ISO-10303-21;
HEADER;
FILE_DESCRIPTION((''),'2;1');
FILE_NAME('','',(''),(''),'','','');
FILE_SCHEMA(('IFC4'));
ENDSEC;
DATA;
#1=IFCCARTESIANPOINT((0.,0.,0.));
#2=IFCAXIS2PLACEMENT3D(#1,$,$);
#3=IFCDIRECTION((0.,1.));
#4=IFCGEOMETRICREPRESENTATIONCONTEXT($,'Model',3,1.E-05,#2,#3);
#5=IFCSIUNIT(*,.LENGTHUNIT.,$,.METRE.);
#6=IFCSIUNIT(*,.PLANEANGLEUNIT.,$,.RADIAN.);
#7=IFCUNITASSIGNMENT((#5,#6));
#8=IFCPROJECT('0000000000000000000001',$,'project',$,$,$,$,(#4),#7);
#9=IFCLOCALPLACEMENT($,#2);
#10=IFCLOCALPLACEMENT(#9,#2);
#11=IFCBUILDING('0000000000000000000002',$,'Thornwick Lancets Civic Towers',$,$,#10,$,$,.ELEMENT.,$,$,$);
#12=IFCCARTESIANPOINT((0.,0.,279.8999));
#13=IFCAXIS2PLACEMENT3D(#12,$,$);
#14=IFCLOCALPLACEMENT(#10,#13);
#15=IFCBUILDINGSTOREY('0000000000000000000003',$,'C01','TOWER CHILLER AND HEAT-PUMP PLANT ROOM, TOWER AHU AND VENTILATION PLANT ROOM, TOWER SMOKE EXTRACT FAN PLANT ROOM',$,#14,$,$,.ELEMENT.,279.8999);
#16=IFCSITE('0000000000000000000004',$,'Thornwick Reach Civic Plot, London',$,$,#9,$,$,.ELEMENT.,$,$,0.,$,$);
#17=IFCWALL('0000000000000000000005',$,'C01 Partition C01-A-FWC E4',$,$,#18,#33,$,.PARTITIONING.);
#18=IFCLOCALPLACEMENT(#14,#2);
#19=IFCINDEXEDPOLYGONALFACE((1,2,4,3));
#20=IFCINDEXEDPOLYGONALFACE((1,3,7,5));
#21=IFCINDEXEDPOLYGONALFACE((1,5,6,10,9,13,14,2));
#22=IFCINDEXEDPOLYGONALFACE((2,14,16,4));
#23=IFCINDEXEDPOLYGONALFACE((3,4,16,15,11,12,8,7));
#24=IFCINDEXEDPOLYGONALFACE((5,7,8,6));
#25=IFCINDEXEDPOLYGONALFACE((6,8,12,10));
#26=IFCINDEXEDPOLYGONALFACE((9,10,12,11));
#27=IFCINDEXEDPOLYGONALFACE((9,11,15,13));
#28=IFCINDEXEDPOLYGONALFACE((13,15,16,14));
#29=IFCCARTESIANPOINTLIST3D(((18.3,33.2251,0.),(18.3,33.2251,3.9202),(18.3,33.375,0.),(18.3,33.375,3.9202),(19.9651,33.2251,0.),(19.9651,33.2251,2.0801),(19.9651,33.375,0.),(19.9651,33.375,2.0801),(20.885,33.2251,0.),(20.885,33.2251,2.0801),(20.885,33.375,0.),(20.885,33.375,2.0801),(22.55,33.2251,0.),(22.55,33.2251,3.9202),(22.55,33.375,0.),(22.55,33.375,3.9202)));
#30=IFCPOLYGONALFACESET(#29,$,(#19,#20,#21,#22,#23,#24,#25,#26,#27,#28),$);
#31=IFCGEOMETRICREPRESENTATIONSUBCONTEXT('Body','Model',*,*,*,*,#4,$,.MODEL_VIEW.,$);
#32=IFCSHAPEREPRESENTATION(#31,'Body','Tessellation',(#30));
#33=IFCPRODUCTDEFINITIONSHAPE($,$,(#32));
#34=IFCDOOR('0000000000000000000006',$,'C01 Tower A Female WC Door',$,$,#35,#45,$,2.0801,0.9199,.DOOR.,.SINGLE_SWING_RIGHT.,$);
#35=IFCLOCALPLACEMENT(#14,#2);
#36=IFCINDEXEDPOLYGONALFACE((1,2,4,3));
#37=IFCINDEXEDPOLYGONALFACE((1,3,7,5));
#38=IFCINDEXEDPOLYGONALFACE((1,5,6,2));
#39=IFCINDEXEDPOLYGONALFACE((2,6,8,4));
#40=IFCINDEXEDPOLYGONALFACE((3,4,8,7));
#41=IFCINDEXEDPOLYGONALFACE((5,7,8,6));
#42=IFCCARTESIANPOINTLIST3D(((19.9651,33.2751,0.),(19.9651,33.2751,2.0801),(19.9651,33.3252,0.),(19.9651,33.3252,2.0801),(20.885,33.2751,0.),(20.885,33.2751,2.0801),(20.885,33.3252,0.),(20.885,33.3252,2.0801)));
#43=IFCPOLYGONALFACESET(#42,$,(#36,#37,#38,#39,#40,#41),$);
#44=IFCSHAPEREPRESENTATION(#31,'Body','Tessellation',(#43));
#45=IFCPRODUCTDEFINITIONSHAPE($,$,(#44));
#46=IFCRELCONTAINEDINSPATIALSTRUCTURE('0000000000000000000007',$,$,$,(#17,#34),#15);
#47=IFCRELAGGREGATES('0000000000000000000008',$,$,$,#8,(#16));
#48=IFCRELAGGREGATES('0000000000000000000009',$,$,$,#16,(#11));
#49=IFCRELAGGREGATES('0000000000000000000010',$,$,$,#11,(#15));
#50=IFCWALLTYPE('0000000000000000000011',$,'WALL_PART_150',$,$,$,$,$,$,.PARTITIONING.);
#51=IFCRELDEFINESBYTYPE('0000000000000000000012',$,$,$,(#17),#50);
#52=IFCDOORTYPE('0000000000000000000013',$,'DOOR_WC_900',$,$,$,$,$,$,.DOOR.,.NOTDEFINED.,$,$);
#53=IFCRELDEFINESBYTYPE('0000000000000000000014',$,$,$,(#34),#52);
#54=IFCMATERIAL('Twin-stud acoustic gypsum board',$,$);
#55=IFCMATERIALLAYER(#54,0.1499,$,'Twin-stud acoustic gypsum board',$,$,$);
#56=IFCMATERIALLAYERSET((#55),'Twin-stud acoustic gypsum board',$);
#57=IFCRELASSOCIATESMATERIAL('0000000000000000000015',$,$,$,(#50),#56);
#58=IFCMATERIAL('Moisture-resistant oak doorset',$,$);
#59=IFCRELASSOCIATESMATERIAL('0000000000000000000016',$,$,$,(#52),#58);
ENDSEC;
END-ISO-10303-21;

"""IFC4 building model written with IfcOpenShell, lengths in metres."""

from ifc_helpers import new_model, si_unit, direction, frame, frame_2d, origin, place, context, subcontext, project, spatial, rectangle, extrude, material, layer, layer_set, type_object, element, fill, save


model = new_model("IFC4")

# Units and contexts
model_context = context("Model", 3, precision=1e-05, world=origin(), true_north=direction((0.0, 1.0)))
body_context = subcontext(model_context, "Body", "Model", "MODEL_VIEW")
ifc_project = project(units=[si_unit("LENGTHUNIT", "METRE"), si_unit("PLANEANGLEUNIT", "RADIAN")], contexts=[model_context])

# Site, building, storey
site_placement = place(None, origin())
site = spatial("IfcSite", under=ifc_project, at=site_placement, Name="Thornwick Reach Civic Plot, London", CompositionType="ELEMENT", RefElevation=0.0)
building_placement = place(site_placement, origin())
building = spatial("IfcBuilding", under=site, at=building_placement, Name="Thornwick Lancets Civic Towers", CompositionType="ELEMENT")
storey_placement = place(building_placement, frame((0.0, 0.0, 279.8999)))
storey = spatial("IfcBuildingStorey", under=building, at=storey_placement, Name="C01", Description="TOWER CHILLER AND HEAT-PUMP PLANT ROOM, TOWER AHU AND VENTILATION PLANT ROOM, TOWER SMOKE EXTRACT FAN PLANT ROOM", CompositionType="ELEMENT", Elevation=279.8999)

# Shared definitions
ifc_material_1 = material(Name="Twin-stud acoustic gypsum board")
ifc_layer_1 = layer(ifc_material_1, 0.1499, Name="Twin-stud acoustic gypsum board")
ifc_layer_set_1 = layer_set([ifc_layer_1], Name="Twin-stud acoustic gypsum board")
wall_type_1 = type_object("IfcWallType", Name="WALL_PART_150", PredefinedType="PARTITIONING", material=ifc_layer_set_1)

# Wall, opening, door
wall_1_placement = place(storey_placement, frame((22.55, 33.3, 0.0), z_axis=(0.0, 0.0, 1.0), x_axis=(-1.0, 0.0, 0.0)))
wall_1 = element("IfcWall", 1, at=wall_1_placement, inside=storey, type_object=wall_type_1, Name="C01 Partition C01-A-FWC E4", PredefinedType="PARTITIONING", context=body_context, shape_type="SweptSolid", body=[
    extrude(rectangle(XDim=4.25, YDim=0.1499, at=frame_2d((2.125, 0.0))), origin(), (0.0, 0.0, 1.0), 3.9202),
])
opening_1_placement = place(wall_1_placement, frame((1.665, 0.0, 0.0)))
opening_1 = element("IfcOpeningElement", 2, at=opening_1_placement, cuts=wall_1, PredefinedType="OPENING", context=body_context, shape_type="SweptSolid", body=[
    extrude(rectangle(XDim=0.9199, YDim=2.0801, at=frame_2d((0.46, 1.04))), frame((0.0, 0.085, 0.0), z_axis=(0.0, -1.0, 0.0), x_axis=(1.0, 0.0, 0.0)), (0.0, 0.0, 1.0), 0.1699),
])
ifc_material_2 = material(Name="Moisture-resistant oak doorset")
door_type_1 = type_object("IfcDoorType", Name="DOOR_WC_900", OperationType="NOTDEFINED", PredefinedType="DOOR", material=ifc_material_2)
door_1_placement = place(opening_1_placement, origin())
door_1 = element("IfcDoor", 3, at=door_1_placement, inside=storey, type_object=door_type_1, Name="C01 Tower A Female WC Door", OperationType="SINGLE_SWING_RIGHT", OverallHeight=2.0801, OverallWidth=0.9199, PredefinedType="DOOR", context=body_context, shape_type="SweptSolid", body=[
    extrude(rectangle(XDim=0.9199, YDim=2.0801, at=frame_2d((0.46, 1.04))), frame((0.0, 0.0249, 0.0), z_axis=(0.0, -1.0, 0.0), x_axis=(1.0, 0.0, 0.0)), (0.0, 0.0, 1.0), 0.05),
])
fill(opening_1, door_1)

save(model, "model.ifc")
